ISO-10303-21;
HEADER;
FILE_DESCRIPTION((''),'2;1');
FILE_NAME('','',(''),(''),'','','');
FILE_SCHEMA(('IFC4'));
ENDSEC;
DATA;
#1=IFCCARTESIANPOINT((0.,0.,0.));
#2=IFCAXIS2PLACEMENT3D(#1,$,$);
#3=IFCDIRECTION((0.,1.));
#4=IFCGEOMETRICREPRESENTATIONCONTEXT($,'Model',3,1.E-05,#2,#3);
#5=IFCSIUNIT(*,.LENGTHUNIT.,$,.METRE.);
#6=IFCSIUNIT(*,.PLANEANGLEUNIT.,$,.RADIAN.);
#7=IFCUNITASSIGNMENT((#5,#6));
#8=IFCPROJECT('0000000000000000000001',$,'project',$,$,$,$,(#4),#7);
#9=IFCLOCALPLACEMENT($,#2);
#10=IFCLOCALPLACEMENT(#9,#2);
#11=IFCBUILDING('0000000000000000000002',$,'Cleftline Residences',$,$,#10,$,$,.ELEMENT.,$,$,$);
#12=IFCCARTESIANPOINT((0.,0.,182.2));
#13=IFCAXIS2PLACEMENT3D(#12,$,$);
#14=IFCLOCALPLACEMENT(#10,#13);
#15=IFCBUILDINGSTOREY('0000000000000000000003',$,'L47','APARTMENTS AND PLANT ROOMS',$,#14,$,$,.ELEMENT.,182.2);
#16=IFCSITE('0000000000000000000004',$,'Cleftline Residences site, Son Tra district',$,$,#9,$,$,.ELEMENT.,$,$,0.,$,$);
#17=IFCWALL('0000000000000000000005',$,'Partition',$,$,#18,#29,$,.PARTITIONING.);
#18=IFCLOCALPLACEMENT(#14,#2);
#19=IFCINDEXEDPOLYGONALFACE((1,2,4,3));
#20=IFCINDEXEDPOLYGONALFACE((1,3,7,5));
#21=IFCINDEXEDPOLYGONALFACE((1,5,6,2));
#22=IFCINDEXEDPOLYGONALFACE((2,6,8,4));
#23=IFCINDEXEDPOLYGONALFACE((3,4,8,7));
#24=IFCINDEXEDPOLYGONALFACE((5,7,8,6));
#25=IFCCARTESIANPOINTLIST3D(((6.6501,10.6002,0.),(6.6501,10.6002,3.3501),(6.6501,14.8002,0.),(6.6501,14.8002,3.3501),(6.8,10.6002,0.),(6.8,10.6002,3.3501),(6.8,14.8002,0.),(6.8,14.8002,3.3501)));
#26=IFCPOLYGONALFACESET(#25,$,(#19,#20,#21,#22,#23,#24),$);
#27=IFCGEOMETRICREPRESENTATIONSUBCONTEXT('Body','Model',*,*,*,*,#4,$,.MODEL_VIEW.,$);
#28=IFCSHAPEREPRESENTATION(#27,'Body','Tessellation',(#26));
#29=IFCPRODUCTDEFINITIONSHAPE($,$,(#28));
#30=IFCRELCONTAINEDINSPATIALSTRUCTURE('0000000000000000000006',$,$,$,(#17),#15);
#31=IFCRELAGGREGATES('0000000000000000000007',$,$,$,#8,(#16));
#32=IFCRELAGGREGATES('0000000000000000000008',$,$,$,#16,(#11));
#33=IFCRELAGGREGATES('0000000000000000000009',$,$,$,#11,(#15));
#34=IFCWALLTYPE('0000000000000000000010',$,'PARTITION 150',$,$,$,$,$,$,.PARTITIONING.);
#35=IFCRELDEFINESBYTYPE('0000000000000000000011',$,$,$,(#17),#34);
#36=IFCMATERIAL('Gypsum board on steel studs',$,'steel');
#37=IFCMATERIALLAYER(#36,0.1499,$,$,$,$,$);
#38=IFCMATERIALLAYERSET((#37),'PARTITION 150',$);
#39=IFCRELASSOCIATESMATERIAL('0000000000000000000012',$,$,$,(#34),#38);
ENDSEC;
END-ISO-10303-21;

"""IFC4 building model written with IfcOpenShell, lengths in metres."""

from ifc_helpers import new_model, si_unit, direction, frame, frame_2d, origin, place, context, subcontext, project, spatial, rectangle, extrude, material, layer, layer_set, type_object, element, save


model = new_model("IFC4")

# Units and contexts
model_context = context("Model", 3, precision=1e-05, world=origin(), true_north=direction((0.0, 1.0)))
body_context = subcontext(model_context, "Body", "Model", "MODEL_VIEW")
ifc_project = project(units=[si_unit("LENGTHUNIT", "METRE"), si_unit("PLANEANGLEUNIT", "RADIAN")], contexts=[model_context])

# Site, building, storey
site_placement = place(None, origin())
site = spatial("IfcSite", under=ifc_project, at=site_placement, Name="Cleftline Residences site, Son Tra district", CompositionType="ELEMENT", RefElevation=0.0)
building_placement = place(site_placement, origin())
building = spatial("IfcBuilding", under=site, at=building_placement, Name="Cleftline Residences", CompositionType="ELEMENT")
storey_placement = place(building_placement, frame((0.0, 0.0, 182.2)))
storey = spatial("IfcBuildingStorey", under=building, at=storey_placement, Name="L47", Description="APARTMENTS AND PLANT ROOMS", CompositionType="ELEMENT", Elevation=182.2)

# Shared definitions
ifc_material_1 = material(Name="Gypsum board on steel studs", Category="steel")
ifc_layer = layer(ifc_material_1, 0.1499)
ifc_layer_set = layer_set([ifc_layer], Name="PARTITION 150")
wall_type = type_object("IfcWallType", Name="PARTITION 150", PredefinedType="PARTITIONING", material=ifc_layer_set)

# Wall
wall_1_placement = place(storey_placement, frame((6.7251, 10.6001, 0.0), z_axis=(0.0, 0.0, 1.0), x_axis=(0.0, 1.0, 0.0)))
element("IfcWall", 1, at=wall_1_placement, inside=storey, type_object=wall_type, Name="Partition", PredefinedType="PARTITIONING", context=body_context, shape_type="SweptSolid", body=[
    extrude(rectangle(XDim=4.2, YDim=0.1499, at=frame_2d((2.1001, 0.0))), origin(), (0.0, 0.0, 1.0), 3.3501),
])

save(model, "model.ifc")
